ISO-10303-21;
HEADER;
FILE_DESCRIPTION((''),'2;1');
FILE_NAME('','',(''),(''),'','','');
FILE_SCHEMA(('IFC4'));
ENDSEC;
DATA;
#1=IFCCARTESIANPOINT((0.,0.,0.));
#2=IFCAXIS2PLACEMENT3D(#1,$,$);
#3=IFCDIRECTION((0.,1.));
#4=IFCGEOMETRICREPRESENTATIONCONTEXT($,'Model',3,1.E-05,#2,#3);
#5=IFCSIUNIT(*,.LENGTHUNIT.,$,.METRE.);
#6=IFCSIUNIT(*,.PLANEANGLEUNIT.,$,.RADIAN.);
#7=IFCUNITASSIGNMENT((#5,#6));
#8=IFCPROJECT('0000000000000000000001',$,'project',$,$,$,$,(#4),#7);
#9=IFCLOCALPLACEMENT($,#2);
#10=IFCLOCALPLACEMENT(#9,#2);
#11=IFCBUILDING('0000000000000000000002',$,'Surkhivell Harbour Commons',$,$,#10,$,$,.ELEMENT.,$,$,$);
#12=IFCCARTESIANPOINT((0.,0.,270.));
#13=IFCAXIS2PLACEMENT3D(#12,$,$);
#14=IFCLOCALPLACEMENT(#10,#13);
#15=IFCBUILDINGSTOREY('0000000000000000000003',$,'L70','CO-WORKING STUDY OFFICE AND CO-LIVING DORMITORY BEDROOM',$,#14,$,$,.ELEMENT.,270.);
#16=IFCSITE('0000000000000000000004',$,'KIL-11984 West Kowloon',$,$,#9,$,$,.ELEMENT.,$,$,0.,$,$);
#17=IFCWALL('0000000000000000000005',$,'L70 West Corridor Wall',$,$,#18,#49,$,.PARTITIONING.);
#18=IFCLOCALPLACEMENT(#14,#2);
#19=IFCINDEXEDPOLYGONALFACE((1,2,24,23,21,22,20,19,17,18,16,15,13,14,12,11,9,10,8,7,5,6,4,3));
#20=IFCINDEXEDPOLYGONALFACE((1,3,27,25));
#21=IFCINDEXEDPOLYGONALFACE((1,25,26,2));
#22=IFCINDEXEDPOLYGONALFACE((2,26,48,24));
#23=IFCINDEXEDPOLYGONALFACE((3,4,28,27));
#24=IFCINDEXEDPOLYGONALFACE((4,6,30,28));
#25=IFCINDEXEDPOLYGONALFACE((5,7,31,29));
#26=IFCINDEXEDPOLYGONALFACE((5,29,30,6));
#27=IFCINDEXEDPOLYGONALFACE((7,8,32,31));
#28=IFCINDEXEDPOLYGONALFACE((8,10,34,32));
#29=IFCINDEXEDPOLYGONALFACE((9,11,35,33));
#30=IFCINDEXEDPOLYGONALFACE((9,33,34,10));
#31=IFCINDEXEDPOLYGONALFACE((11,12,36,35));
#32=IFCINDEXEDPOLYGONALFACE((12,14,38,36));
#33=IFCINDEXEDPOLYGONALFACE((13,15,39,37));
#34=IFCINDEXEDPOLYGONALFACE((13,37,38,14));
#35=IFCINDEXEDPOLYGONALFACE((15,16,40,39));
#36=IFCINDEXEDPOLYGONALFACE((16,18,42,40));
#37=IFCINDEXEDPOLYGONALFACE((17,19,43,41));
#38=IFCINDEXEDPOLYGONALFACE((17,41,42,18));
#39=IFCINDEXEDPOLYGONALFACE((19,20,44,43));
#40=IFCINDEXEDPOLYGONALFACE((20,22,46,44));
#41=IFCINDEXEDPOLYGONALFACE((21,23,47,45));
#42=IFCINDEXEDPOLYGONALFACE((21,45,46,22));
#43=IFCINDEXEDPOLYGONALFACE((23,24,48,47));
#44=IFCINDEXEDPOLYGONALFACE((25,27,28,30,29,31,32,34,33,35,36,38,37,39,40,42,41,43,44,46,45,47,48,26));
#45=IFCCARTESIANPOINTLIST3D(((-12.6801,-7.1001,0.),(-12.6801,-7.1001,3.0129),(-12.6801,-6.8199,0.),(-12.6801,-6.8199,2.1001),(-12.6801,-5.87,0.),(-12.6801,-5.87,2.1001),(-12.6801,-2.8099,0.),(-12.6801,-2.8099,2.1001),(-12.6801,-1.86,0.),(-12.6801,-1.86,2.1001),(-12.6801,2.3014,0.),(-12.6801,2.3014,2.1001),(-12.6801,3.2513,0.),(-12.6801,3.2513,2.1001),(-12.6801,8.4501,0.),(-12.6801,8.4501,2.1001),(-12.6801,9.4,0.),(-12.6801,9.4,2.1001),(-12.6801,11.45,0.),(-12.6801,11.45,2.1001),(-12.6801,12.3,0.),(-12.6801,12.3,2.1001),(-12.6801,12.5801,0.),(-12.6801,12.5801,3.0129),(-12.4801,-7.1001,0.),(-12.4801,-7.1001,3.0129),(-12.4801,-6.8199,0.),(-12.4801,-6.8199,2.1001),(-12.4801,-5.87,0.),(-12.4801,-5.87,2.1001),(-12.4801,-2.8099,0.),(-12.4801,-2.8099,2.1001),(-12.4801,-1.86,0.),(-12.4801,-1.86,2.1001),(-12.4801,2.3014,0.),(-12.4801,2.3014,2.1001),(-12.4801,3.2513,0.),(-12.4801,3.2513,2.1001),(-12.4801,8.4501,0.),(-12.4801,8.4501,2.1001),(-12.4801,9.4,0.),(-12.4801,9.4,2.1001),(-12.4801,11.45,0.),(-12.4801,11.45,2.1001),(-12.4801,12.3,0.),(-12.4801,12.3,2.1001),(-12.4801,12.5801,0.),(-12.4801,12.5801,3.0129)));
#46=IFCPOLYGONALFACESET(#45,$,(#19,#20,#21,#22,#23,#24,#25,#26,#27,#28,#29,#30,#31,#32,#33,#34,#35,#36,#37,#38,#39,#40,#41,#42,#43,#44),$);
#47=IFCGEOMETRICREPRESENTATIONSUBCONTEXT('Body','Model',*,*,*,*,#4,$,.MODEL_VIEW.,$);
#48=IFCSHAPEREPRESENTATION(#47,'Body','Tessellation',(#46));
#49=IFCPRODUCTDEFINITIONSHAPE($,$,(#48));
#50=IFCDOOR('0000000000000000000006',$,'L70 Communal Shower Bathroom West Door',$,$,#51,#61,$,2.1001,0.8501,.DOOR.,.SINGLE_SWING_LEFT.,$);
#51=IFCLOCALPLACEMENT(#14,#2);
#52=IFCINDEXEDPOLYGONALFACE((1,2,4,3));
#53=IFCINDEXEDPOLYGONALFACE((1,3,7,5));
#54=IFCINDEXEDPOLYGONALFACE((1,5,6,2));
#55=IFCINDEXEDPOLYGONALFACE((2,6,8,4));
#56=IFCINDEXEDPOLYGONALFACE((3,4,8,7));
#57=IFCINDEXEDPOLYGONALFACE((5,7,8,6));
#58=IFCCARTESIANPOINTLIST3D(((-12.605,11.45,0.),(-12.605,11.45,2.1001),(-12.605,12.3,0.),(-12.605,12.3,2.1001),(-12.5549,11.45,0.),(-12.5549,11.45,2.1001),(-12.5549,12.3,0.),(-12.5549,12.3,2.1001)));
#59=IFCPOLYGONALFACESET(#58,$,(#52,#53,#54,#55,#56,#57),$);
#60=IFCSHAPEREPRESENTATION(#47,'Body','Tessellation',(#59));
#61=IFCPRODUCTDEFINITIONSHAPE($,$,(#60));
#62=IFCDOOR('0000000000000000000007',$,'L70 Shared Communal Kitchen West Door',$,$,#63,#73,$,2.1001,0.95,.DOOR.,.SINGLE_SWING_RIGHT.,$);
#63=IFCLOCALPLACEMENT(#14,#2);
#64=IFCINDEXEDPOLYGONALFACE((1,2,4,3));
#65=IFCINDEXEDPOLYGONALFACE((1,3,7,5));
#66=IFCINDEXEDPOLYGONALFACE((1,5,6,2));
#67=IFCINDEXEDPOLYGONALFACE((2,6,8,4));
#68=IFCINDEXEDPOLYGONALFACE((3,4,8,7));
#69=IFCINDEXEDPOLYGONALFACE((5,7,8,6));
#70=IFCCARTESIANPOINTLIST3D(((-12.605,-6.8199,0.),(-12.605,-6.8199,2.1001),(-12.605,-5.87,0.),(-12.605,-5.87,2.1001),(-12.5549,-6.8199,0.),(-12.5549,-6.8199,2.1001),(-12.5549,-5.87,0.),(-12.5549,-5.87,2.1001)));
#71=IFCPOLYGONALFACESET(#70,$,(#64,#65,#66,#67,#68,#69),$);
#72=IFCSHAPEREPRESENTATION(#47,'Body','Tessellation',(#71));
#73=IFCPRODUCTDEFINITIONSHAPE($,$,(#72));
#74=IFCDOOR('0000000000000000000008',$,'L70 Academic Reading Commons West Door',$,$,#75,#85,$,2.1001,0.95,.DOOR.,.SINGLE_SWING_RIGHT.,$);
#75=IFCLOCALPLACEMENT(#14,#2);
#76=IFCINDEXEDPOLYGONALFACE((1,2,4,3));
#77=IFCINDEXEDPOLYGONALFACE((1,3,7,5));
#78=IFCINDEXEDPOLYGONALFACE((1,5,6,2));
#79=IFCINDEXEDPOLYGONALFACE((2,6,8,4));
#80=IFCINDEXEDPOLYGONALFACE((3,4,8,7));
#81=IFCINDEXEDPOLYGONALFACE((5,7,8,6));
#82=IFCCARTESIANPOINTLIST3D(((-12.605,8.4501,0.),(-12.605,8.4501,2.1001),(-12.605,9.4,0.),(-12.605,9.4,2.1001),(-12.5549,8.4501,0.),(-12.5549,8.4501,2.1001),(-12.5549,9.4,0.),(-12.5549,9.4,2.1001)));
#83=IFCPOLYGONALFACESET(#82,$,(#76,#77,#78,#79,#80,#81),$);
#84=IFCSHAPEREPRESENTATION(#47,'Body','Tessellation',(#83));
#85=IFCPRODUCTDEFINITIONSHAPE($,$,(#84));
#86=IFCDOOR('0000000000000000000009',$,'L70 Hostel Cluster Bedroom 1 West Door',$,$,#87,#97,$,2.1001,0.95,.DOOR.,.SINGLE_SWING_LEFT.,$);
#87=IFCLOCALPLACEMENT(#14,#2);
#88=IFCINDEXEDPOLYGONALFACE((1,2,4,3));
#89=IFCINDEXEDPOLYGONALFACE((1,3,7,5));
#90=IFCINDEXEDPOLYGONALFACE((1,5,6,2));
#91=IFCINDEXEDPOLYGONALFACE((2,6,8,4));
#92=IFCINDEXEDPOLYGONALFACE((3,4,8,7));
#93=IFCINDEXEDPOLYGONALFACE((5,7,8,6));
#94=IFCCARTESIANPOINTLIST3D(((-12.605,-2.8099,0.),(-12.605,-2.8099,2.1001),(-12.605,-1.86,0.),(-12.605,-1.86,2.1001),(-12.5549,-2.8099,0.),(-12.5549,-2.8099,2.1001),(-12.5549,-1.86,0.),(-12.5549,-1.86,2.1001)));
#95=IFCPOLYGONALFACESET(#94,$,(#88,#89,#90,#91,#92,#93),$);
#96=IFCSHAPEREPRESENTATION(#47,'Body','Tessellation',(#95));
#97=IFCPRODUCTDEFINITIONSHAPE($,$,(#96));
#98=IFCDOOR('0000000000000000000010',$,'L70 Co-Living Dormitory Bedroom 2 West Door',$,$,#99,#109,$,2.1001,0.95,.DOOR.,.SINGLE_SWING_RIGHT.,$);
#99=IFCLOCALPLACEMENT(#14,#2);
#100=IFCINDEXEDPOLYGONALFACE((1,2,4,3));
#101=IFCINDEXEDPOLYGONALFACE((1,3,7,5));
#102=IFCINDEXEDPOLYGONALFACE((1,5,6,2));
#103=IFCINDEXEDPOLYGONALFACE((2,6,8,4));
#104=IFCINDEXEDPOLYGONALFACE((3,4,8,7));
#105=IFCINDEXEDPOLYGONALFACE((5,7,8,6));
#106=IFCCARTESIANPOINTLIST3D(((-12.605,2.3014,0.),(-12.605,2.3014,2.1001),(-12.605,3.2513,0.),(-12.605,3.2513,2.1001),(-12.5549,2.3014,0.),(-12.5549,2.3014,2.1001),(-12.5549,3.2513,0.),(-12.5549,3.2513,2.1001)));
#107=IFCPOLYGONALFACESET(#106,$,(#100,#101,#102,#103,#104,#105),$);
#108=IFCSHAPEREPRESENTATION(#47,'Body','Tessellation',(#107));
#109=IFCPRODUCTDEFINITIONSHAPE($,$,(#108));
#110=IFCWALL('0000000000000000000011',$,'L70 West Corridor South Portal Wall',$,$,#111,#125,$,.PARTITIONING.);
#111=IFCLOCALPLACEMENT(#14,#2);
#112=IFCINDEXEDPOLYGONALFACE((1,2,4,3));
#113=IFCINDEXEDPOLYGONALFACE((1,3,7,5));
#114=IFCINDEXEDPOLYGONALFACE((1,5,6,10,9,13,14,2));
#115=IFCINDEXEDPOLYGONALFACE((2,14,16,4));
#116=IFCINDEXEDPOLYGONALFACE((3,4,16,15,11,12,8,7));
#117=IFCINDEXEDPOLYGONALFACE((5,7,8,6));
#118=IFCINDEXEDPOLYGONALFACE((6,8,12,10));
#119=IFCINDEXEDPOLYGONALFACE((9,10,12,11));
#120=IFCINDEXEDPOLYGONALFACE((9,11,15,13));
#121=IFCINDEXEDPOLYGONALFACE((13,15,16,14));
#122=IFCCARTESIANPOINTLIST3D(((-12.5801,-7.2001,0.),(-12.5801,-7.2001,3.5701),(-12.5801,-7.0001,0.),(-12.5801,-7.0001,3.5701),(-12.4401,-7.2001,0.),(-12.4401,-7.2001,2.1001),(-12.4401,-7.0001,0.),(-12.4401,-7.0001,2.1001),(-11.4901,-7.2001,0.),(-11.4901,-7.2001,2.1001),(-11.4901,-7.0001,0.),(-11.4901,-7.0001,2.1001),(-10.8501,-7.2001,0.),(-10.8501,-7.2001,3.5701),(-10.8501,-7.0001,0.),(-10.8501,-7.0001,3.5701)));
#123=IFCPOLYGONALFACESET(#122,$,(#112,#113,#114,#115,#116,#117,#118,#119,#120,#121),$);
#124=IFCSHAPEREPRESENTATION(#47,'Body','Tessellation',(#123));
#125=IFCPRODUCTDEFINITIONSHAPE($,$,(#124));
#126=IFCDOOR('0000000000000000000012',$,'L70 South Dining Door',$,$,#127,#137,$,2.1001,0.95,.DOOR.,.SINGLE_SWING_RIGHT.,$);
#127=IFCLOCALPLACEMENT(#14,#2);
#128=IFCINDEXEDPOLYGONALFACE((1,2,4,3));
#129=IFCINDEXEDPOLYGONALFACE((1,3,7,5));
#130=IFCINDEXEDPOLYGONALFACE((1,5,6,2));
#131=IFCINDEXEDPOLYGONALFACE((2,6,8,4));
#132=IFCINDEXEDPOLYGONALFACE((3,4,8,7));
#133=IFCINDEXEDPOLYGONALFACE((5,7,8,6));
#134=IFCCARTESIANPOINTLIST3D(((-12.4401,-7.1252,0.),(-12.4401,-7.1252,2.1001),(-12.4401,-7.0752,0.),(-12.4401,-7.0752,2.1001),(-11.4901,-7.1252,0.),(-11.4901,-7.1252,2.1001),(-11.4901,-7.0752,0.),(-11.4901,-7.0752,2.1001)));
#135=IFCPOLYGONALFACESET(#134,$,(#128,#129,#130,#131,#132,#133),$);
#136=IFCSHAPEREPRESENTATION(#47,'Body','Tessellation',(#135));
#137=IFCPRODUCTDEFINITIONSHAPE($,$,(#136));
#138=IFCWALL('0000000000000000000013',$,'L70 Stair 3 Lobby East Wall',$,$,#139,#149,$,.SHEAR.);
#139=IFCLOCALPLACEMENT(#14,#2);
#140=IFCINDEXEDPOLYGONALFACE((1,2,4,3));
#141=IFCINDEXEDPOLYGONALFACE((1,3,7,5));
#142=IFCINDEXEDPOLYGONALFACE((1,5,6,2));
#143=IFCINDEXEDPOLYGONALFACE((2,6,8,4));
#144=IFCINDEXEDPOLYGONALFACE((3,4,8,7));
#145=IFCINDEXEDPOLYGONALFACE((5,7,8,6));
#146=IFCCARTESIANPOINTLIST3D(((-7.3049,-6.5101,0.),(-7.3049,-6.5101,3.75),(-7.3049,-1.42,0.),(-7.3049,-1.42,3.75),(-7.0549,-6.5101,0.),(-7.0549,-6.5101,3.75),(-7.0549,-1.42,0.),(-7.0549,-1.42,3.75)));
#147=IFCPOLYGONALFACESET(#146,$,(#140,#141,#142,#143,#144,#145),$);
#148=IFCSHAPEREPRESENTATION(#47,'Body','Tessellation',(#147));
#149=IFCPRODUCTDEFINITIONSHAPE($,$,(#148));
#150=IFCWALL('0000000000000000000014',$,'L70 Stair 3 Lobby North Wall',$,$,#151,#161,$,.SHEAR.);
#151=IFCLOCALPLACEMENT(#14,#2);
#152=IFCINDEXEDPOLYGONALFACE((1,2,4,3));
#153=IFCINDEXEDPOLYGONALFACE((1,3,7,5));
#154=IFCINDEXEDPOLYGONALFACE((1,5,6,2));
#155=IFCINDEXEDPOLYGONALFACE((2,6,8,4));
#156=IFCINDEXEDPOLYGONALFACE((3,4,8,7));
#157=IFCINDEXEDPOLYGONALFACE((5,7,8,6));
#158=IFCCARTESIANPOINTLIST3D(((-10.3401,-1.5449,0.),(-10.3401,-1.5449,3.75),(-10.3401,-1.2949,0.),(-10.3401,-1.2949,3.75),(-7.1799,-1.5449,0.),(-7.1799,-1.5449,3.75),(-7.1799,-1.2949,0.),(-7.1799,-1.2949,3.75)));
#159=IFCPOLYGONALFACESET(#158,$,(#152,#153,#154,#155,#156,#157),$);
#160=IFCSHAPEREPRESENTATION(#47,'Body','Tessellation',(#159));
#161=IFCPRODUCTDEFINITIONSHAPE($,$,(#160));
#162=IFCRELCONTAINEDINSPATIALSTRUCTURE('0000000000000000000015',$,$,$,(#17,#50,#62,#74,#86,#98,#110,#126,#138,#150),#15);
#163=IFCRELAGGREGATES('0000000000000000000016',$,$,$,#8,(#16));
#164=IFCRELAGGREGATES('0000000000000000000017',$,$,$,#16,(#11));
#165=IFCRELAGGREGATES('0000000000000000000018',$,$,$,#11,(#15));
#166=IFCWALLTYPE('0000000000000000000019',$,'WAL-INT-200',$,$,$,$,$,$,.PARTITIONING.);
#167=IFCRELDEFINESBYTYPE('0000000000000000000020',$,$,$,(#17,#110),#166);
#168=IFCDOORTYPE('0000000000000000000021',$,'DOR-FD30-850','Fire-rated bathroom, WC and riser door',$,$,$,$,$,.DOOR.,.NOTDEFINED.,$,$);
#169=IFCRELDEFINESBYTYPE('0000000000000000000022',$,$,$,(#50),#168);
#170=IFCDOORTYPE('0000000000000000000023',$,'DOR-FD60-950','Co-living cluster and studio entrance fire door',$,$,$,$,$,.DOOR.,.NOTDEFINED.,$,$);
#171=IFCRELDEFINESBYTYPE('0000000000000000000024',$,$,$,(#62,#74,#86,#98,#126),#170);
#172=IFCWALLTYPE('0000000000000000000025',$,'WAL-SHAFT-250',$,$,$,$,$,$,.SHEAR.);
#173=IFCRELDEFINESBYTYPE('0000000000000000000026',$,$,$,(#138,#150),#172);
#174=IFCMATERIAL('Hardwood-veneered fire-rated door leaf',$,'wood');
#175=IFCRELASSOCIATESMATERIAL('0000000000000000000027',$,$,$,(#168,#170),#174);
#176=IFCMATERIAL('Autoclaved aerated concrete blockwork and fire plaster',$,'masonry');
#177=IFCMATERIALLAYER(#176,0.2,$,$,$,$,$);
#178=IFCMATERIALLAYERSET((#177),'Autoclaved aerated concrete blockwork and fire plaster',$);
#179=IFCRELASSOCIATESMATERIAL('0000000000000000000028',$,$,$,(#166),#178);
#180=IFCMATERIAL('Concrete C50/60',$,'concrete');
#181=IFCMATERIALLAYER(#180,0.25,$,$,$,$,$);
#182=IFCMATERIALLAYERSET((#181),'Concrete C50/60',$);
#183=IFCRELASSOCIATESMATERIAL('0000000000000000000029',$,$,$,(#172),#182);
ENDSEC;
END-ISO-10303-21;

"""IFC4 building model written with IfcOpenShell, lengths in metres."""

from ifc_helpers import new_model, si_unit, direction, frame, frame_2d, origin, place, context, subcontext, project, spatial, rectangle, extrude, material, layer, layer_set, type_object, element, fill, save


model = new_model("IFC4")

# Units and contexts
model_context = context("Model", 3, precision=1e-05, world=origin(), true_north=direction((0.0, 1.0)))
body_context = subcontext(model_context, "Body", "Model", "MODEL_VIEW")
ifc_project = project(units=[si_unit("LENGTHUNIT", "METRE"), si_unit("PLANEANGLEUNIT", "RADIAN")], contexts=[model_context])

# Site, building, storey
site_placement = place(None, origin())
site = spatial("IfcSite", under=ifc_project, at=site_placement, Name="KIL-11984 West Kowloon", CompositionType="ELEMENT", RefElevation=0.0)
building_placement = place(site_placement, origin())
building = spatial("IfcBuilding", under=site, at=building_placement, Name="Surkhivell Harbour Commons", CompositionType="ELEMENT")
storey_placement = place(building_placement, frame((0.0, 0.0, 270.0)))
storey = spatial("IfcBuildingStorey", under=building, at=storey_placement, Name="L70", Description="CO-WORKING STUDY OFFICE AND CO-LIVING DORMITORY BEDROOM", CompositionType="ELEMENT", Elevation=270.0)

# Shared definitions
ifc_material_1 = material(Name="Concrete C50/60", Category="concrete")
ifc_material_2 = material(Name="Hardwood-veneered fire-rated door leaf", Category="wood")
door_type_1 = type_object("IfcDoorType", Name="DOR-FD30-850", Description="Fire-rated bathroom, WC and riser door", OperationType="NOTDEFINED", PredefinedType="DOOR", material=ifc_material_2)

# Wall, openings, doors
ifc_material_3 = material(Name="Autoclaved aerated concrete blockwork and fire plaster", Category="masonry")
ifc_layer_1 = layer(ifc_material_3, 0.2)
ifc_layer_set_1 = layer_set([ifc_layer_1], Name="Autoclaved aerated concrete blockwork and fire plaster")
wall_type_1 = type_object("IfcWallType", Name="WAL-INT-200", PredefinedType="PARTITIONING", material=ifc_layer_set_1)
wall_1_placement = place(storey_placement, frame((-12.5801, -7.1001, 0.0), z_axis=(0.0, 0.0, 1.0), x_axis=(0.0, 1.0, 0.0)))
wall_1 = element("IfcWall", 1, at=wall_1_placement, inside=storey, type_object=wall_type_1, Name="L70 West Corridor Wall", PredefinedType="PARTITIONING", context=body_context, shape_type="SweptSolid", body=[
    extrude(rectangle(XDim=19.6802, YDim=0.2, at=frame_2d((9.8401, 0.0))), origin(), (0.0, 0.0, 1.0), 3.0129),
])
opening_1_placement = place(wall_1_placement, frame((0.28, 0.0, 0.0)))
opening_1 = element("IfcOpeningElement", 2, at=opening_1_placement, cuts=wall_1, PredefinedType="OPENING", context=body_context, shape_type="SweptSolid", body=[
    extrude(rectangle(XDim=0.95, YDim=2.1001, at=frame_2d((0.4751, 1.05))), frame((0.0, 0.1099, 0.0), z_axis=(0.0, -1.0, 0.0), x_axis=(1.0, 0.0, 0.0)), (0.0, 0.0, 1.0), 0.22),
])
opening_2_placement = place(wall_1_placement, frame((18.55, 0.0, 0.0)))
opening_2 = element("IfcOpeningElement", 3, at=opening_2_placement, cuts=wall_1, PredefinedType="OPENING", context=body_context, shape_type="SweptSolid", body=[
    extrude(rectangle(XDim=0.8501, YDim=2.1001, at=frame_2d((0.425, 1.05))), frame((0.0, 0.1099, 0.0), z_axis=(0.0, -1.0, 0.0), x_axis=(1.0, 0.0, 0.0)), (0.0, 0.0, 1.0), 0.22),
])
opening_3_placement = place(wall_1_placement, frame((15.55, 0.0, 0.0)))
opening_3 = element("IfcOpeningElement", 4, at=opening_3_placement, cuts=wall_1, PredefinedType="OPENING", context=body_context, shape_type="SweptSolid", body=[
    extrude(rectangle(XDim=0.95, YDim=2.1001, at=frame_2d((0.4751, 1.05))), frame((0.0, 0.1099, 0.0), z_axis=(0.0, -1.0, 0.0), x_axis=(1.0, 0.0, 0.0)), (0.0, 0.0, 1.0), 0.22),
])
opening_4_placement = place(wall_1_placement, frame((4.29, 0.0, 0.0)))
opening_4 = element("IfcOpeningElement", 5, at=opening_4_placement, cuts=wall_1, PredefinedType="OPENING", context=body_context, shape_type="SweptSolid", body=[
    extrude(rectangle(XDim=0.95, YDim=2.1001, at=frame_2d((0.4751, 1.05))), frame((0.0, 0.1099, 0.0), z_axis=(0.0, -1.0, 0.0), x_axis=(1.0, 0.0, 0.0)), (0.0, 0.0, 1.0), 0.22),
])
opening_5_placement = place(wall_1_placement, frame((9.4014, 0.0, 0.0)))
opening_5 = element("IfcOpeningElement", 6, at=opening_5_placement, cuts=wall_1, PredefinedType="OPENING", context=body_context, shape_type="SweptSolid", body=[
    extrude(rectangle(XDim=0.95, YDim=2.1001, at=frame_2d((0.4751, 1.05))), frame((0.0, 0.1099, 0.0), z_axis=(0.0, -1.0, 0.0), x_axis=(1.0, 0.0, 0.0)), (0.0, 0.0, 1.0), 0.22),
])
door_1_placement = place(opening_2_placement, origin())
door_1 = element("IfcDoor", 7, at=door_1_placement, inside=storey, type_object=door_type_1, Name="L70 Communal Shower Bathroom West Door", OperationType="SINGLE_SWING_LEFT", OverallHeight=2.1001, OverallWidth=0.8501, PredefinedType="DOOR", context=body_context, shape_type="SweptSolid", body=[
    extrude(rectangle(XDim=0.8501, YDim=2.1001, at=frame_2d((0.425, 1.05))), frame((0.0, 0.0249, 0.0), z_axis=(0.0, -1.0, 0.0), x_axis=(1.0, 0.0, 0.0)), (0.0, 0.0, 1.0), 0.05),
])
fill(opening_2, door_1)
door_type_2 = type_object("IfcDoorType", Name="DOR-FD60-950", Description="Co-living cluster and studio entrance fire door", OperationType="NOTDEFINED", PredefinedType="DOOR", material=ifc_material_2)
door_2_placement = place(opening_1_placement, origin())
door_2 = element("IfcDoor", 8, at=door_2_placement, inside=storey, type_object=door_type_2, Name="L70 Shared Communal Kitchen West Door", OperationType="SINGLE_SWING_RIGHT", OverallHeight=2.1001, OverallWidth=0.95, PredefinedType="DOOR", context=body_context, shape_type="SweptSolid", body=[
    extrude(rectangle(XDim=0.95, YDim=2.1001, at=frame_2d((0.4751, 1.05))), frame((0.0, 0.0249, 0.0), z_axis=(0.0, -1.0, 0.0), x_axis=(1.0, 0.0, 0.0)), (0.0, 0.0, 1.0), 0.05),
])
fill(opening_1, door_2)
door_3_placement = place(opening_3_placement, origin())
door_3 = element("IfcDoor", 9, at=door_3_placement, inside=storey, type_object=door_type_2, Name="L70 Academic Reading Commons West Door", OperationType="SINGLE_SWING_RIGHT", OverallHeight=2.1001, OverallWidth=0.95, PredefinedType="DOOR", context=body_context, shape_type="SweptSolid", body=[
    extrude(rectangle(XDim=0.95, YDim=2.1001, at=frame_2d((0.4751, 1.05))), frame((0.0, 0.0249, 0.0), z_axis=(0.0, -1.0, 0.0), x_axis=(1.0, 0.0, 0.0)), (0.0, 0.0, 1.0), 0.05),
])
fill(opening_3, door_3)
door_4_placement = place(opening_4_placement, origin())
door_4 = element("IfcDoor", 10, at=door_4_placement, inside=storey, type_object=door_type_2, Name="L70 Hostel Cluster Bedroom 1 West Door", OperationType="SINGLE_SWING_LEFT", OverallHeight=2.1001, OverallWidth=0.95, PredefinedType="DOOR", context=body_context, shape_type="SweptSolid", body=[
    extrude(rectangle(XDim=0.95, YDim=2.1001, at=frame_2d((0.4751, 1.05))), frame((0.0, 0.0249, 0.0), z_axis=(0.0, -1.0, 0.0), x_axis=(1.0, 0.0, 0.0)), (0.0, 0.0, 1.0), 0.05),
])
fill(opening_4, door_4)
door_5_placement = place(opening_5_placement, origin())
door_5 = element("IfcDoor", 11, at=door_5_placement, inside=storey, type_object=door_type_2, Name="L70 Co-Living Dormitory Bedroom 2 West Door", OperationType="SINGLE_SWING_RIGHT", OverallHeight=2.1001, OverallWidth=0.95, PredefinedType="DOOR", context=body_context, shape_type="SweptSolid", body=[
    extrude(rectangle(XDim=0.95, YDim=2.1001, at=frame_2d((0.4751, 1.05))), frame((0.0, 0.0249, 0.0), z_axis=(0.0, -1.0, 0.0), x_axis=(1.0, 0.0, 0.0)), (0.0, 0.0, 1.0), 0.05),
])
fill(opening_5, door_5)

# Wall, opening, door
wall_2_placement = place(storey_placement, frame((-12.5801, -7.1001, 0.0), z_axis=(0.0, 0.0, 1.0), x_axis=(1.0, 0.0, 0.0)))
wall_2 = element("IfcWall", 12, at=wall_2_placement, inside=storey, type_object=wall_type_1, Name="L70 West Corridor South Portal Wall", PredefinedType="PARTITIONING", context=body_context, shape_type="SweptSolid", body=[
    extrude(rectangle(XDim=1.73, YDim=0.2, at=frame_2d((0.865, 0.0))), origin(), (0.0, 0.0, 1.0), 3.5701),
])
opening_6_placement = place(wall_2_placement, frame((0.1399, 0.0, 0.0)))
opening_6 = element("IfcOpeningElement", 13, at=opening_6_placement, cuts=wall_2, PredefinedType="OPENING", context=body_context, shape_type="SweptSolid", body=[
    extrude(rectangle(XDim=0.95, YDim=2.1001, at=frame_2d((0.4751, 1.05))), frame((0.0, 0.1099, 0.0), z_axis=(0.0, -1.0, 0.0), x_axis=(1.0, 0.0, 0.0)), (0.0, 0.0, 1.0), 0.22),
])
door_6_placement = place(opening_6_placement, origin())
door_6 = element("IfcDoor", 14, at=door_6_placement, inside=storey, type_object=door_type_2, Name="L70 South Dining Door", OperationType="SINGLE_SWING_RIGHT", OverallHeight=2.1001, OverallWidth=0.95, PredefinedType="DOOR", context=body_context, shape_type="SweptSolid", body=[
    extrude(rectangle(XDim=0.95, YDim=2.1001, at=frame_2d((0.4751, 1.05))), frame((0.0, 0.0249, 0.0), z_axis=(0.0, -1.0, 0.0), x_axis=(1.0, 0.0, 0.0)), (0.0, 0.0, 1.0), 0.05),
])
fill(opening_6, door_6)

# Walls
ifc_layer_2 = layer(ifc_material_1, 0.25)
ifc_layer_set_2 = layer_set([ifc_layer_2], Name="Concrete C50/60")
wall_type_2 = type_object("IfcWallType", Name="WAL-SHAFT-250", PredefinedType="SHEAR", material=ifc_layer_set_2)
wall_3_placement = place(storey_placement, frame((-7.1799, -6.51, 0.0), z_axis=(0.0, 0.0, 1.0), x_axis=(0.0, 1.0, 0.0)))
element("IfcWall", 15, at=wall_3_placement, inside=storey, type_object=wall_type_2, Name="L70 Stair 3 Lobby East Wall", PredefinedType="SHEAR", context=body_context, shape_type="SweptSolid", body=[
    extrude(rectangle(XDim=5.0901, YDim=0.25, at=frame_2d((2.5449, 0.0))), origin(), (0.0, 0.0, 1.0), 3.75),
])
wall_4_placement = place(storey_placement, frame((-10.3401, -1.4199, 0.0), z_axis=(0.0, 0.0, 1.0), x_axis=(1.0, 0.0, 0.0)))
element("IfcWall", 16, at=wall_4_placement, inside=storey, type_object=wall_type_2, Name="L70 Stair 3 Lobby North Wall", PredefinedType="SHEAR", context=body_context, shape_type="SweptSolid", body=[
    extrude(rectangle(XDim=3.1602, YDim=0.25, at=frame_2d((1.5801, 0.0))), origin(), (0.0, 0.0, 1.0), 3.75),
])

save(model, "model.ifc")
